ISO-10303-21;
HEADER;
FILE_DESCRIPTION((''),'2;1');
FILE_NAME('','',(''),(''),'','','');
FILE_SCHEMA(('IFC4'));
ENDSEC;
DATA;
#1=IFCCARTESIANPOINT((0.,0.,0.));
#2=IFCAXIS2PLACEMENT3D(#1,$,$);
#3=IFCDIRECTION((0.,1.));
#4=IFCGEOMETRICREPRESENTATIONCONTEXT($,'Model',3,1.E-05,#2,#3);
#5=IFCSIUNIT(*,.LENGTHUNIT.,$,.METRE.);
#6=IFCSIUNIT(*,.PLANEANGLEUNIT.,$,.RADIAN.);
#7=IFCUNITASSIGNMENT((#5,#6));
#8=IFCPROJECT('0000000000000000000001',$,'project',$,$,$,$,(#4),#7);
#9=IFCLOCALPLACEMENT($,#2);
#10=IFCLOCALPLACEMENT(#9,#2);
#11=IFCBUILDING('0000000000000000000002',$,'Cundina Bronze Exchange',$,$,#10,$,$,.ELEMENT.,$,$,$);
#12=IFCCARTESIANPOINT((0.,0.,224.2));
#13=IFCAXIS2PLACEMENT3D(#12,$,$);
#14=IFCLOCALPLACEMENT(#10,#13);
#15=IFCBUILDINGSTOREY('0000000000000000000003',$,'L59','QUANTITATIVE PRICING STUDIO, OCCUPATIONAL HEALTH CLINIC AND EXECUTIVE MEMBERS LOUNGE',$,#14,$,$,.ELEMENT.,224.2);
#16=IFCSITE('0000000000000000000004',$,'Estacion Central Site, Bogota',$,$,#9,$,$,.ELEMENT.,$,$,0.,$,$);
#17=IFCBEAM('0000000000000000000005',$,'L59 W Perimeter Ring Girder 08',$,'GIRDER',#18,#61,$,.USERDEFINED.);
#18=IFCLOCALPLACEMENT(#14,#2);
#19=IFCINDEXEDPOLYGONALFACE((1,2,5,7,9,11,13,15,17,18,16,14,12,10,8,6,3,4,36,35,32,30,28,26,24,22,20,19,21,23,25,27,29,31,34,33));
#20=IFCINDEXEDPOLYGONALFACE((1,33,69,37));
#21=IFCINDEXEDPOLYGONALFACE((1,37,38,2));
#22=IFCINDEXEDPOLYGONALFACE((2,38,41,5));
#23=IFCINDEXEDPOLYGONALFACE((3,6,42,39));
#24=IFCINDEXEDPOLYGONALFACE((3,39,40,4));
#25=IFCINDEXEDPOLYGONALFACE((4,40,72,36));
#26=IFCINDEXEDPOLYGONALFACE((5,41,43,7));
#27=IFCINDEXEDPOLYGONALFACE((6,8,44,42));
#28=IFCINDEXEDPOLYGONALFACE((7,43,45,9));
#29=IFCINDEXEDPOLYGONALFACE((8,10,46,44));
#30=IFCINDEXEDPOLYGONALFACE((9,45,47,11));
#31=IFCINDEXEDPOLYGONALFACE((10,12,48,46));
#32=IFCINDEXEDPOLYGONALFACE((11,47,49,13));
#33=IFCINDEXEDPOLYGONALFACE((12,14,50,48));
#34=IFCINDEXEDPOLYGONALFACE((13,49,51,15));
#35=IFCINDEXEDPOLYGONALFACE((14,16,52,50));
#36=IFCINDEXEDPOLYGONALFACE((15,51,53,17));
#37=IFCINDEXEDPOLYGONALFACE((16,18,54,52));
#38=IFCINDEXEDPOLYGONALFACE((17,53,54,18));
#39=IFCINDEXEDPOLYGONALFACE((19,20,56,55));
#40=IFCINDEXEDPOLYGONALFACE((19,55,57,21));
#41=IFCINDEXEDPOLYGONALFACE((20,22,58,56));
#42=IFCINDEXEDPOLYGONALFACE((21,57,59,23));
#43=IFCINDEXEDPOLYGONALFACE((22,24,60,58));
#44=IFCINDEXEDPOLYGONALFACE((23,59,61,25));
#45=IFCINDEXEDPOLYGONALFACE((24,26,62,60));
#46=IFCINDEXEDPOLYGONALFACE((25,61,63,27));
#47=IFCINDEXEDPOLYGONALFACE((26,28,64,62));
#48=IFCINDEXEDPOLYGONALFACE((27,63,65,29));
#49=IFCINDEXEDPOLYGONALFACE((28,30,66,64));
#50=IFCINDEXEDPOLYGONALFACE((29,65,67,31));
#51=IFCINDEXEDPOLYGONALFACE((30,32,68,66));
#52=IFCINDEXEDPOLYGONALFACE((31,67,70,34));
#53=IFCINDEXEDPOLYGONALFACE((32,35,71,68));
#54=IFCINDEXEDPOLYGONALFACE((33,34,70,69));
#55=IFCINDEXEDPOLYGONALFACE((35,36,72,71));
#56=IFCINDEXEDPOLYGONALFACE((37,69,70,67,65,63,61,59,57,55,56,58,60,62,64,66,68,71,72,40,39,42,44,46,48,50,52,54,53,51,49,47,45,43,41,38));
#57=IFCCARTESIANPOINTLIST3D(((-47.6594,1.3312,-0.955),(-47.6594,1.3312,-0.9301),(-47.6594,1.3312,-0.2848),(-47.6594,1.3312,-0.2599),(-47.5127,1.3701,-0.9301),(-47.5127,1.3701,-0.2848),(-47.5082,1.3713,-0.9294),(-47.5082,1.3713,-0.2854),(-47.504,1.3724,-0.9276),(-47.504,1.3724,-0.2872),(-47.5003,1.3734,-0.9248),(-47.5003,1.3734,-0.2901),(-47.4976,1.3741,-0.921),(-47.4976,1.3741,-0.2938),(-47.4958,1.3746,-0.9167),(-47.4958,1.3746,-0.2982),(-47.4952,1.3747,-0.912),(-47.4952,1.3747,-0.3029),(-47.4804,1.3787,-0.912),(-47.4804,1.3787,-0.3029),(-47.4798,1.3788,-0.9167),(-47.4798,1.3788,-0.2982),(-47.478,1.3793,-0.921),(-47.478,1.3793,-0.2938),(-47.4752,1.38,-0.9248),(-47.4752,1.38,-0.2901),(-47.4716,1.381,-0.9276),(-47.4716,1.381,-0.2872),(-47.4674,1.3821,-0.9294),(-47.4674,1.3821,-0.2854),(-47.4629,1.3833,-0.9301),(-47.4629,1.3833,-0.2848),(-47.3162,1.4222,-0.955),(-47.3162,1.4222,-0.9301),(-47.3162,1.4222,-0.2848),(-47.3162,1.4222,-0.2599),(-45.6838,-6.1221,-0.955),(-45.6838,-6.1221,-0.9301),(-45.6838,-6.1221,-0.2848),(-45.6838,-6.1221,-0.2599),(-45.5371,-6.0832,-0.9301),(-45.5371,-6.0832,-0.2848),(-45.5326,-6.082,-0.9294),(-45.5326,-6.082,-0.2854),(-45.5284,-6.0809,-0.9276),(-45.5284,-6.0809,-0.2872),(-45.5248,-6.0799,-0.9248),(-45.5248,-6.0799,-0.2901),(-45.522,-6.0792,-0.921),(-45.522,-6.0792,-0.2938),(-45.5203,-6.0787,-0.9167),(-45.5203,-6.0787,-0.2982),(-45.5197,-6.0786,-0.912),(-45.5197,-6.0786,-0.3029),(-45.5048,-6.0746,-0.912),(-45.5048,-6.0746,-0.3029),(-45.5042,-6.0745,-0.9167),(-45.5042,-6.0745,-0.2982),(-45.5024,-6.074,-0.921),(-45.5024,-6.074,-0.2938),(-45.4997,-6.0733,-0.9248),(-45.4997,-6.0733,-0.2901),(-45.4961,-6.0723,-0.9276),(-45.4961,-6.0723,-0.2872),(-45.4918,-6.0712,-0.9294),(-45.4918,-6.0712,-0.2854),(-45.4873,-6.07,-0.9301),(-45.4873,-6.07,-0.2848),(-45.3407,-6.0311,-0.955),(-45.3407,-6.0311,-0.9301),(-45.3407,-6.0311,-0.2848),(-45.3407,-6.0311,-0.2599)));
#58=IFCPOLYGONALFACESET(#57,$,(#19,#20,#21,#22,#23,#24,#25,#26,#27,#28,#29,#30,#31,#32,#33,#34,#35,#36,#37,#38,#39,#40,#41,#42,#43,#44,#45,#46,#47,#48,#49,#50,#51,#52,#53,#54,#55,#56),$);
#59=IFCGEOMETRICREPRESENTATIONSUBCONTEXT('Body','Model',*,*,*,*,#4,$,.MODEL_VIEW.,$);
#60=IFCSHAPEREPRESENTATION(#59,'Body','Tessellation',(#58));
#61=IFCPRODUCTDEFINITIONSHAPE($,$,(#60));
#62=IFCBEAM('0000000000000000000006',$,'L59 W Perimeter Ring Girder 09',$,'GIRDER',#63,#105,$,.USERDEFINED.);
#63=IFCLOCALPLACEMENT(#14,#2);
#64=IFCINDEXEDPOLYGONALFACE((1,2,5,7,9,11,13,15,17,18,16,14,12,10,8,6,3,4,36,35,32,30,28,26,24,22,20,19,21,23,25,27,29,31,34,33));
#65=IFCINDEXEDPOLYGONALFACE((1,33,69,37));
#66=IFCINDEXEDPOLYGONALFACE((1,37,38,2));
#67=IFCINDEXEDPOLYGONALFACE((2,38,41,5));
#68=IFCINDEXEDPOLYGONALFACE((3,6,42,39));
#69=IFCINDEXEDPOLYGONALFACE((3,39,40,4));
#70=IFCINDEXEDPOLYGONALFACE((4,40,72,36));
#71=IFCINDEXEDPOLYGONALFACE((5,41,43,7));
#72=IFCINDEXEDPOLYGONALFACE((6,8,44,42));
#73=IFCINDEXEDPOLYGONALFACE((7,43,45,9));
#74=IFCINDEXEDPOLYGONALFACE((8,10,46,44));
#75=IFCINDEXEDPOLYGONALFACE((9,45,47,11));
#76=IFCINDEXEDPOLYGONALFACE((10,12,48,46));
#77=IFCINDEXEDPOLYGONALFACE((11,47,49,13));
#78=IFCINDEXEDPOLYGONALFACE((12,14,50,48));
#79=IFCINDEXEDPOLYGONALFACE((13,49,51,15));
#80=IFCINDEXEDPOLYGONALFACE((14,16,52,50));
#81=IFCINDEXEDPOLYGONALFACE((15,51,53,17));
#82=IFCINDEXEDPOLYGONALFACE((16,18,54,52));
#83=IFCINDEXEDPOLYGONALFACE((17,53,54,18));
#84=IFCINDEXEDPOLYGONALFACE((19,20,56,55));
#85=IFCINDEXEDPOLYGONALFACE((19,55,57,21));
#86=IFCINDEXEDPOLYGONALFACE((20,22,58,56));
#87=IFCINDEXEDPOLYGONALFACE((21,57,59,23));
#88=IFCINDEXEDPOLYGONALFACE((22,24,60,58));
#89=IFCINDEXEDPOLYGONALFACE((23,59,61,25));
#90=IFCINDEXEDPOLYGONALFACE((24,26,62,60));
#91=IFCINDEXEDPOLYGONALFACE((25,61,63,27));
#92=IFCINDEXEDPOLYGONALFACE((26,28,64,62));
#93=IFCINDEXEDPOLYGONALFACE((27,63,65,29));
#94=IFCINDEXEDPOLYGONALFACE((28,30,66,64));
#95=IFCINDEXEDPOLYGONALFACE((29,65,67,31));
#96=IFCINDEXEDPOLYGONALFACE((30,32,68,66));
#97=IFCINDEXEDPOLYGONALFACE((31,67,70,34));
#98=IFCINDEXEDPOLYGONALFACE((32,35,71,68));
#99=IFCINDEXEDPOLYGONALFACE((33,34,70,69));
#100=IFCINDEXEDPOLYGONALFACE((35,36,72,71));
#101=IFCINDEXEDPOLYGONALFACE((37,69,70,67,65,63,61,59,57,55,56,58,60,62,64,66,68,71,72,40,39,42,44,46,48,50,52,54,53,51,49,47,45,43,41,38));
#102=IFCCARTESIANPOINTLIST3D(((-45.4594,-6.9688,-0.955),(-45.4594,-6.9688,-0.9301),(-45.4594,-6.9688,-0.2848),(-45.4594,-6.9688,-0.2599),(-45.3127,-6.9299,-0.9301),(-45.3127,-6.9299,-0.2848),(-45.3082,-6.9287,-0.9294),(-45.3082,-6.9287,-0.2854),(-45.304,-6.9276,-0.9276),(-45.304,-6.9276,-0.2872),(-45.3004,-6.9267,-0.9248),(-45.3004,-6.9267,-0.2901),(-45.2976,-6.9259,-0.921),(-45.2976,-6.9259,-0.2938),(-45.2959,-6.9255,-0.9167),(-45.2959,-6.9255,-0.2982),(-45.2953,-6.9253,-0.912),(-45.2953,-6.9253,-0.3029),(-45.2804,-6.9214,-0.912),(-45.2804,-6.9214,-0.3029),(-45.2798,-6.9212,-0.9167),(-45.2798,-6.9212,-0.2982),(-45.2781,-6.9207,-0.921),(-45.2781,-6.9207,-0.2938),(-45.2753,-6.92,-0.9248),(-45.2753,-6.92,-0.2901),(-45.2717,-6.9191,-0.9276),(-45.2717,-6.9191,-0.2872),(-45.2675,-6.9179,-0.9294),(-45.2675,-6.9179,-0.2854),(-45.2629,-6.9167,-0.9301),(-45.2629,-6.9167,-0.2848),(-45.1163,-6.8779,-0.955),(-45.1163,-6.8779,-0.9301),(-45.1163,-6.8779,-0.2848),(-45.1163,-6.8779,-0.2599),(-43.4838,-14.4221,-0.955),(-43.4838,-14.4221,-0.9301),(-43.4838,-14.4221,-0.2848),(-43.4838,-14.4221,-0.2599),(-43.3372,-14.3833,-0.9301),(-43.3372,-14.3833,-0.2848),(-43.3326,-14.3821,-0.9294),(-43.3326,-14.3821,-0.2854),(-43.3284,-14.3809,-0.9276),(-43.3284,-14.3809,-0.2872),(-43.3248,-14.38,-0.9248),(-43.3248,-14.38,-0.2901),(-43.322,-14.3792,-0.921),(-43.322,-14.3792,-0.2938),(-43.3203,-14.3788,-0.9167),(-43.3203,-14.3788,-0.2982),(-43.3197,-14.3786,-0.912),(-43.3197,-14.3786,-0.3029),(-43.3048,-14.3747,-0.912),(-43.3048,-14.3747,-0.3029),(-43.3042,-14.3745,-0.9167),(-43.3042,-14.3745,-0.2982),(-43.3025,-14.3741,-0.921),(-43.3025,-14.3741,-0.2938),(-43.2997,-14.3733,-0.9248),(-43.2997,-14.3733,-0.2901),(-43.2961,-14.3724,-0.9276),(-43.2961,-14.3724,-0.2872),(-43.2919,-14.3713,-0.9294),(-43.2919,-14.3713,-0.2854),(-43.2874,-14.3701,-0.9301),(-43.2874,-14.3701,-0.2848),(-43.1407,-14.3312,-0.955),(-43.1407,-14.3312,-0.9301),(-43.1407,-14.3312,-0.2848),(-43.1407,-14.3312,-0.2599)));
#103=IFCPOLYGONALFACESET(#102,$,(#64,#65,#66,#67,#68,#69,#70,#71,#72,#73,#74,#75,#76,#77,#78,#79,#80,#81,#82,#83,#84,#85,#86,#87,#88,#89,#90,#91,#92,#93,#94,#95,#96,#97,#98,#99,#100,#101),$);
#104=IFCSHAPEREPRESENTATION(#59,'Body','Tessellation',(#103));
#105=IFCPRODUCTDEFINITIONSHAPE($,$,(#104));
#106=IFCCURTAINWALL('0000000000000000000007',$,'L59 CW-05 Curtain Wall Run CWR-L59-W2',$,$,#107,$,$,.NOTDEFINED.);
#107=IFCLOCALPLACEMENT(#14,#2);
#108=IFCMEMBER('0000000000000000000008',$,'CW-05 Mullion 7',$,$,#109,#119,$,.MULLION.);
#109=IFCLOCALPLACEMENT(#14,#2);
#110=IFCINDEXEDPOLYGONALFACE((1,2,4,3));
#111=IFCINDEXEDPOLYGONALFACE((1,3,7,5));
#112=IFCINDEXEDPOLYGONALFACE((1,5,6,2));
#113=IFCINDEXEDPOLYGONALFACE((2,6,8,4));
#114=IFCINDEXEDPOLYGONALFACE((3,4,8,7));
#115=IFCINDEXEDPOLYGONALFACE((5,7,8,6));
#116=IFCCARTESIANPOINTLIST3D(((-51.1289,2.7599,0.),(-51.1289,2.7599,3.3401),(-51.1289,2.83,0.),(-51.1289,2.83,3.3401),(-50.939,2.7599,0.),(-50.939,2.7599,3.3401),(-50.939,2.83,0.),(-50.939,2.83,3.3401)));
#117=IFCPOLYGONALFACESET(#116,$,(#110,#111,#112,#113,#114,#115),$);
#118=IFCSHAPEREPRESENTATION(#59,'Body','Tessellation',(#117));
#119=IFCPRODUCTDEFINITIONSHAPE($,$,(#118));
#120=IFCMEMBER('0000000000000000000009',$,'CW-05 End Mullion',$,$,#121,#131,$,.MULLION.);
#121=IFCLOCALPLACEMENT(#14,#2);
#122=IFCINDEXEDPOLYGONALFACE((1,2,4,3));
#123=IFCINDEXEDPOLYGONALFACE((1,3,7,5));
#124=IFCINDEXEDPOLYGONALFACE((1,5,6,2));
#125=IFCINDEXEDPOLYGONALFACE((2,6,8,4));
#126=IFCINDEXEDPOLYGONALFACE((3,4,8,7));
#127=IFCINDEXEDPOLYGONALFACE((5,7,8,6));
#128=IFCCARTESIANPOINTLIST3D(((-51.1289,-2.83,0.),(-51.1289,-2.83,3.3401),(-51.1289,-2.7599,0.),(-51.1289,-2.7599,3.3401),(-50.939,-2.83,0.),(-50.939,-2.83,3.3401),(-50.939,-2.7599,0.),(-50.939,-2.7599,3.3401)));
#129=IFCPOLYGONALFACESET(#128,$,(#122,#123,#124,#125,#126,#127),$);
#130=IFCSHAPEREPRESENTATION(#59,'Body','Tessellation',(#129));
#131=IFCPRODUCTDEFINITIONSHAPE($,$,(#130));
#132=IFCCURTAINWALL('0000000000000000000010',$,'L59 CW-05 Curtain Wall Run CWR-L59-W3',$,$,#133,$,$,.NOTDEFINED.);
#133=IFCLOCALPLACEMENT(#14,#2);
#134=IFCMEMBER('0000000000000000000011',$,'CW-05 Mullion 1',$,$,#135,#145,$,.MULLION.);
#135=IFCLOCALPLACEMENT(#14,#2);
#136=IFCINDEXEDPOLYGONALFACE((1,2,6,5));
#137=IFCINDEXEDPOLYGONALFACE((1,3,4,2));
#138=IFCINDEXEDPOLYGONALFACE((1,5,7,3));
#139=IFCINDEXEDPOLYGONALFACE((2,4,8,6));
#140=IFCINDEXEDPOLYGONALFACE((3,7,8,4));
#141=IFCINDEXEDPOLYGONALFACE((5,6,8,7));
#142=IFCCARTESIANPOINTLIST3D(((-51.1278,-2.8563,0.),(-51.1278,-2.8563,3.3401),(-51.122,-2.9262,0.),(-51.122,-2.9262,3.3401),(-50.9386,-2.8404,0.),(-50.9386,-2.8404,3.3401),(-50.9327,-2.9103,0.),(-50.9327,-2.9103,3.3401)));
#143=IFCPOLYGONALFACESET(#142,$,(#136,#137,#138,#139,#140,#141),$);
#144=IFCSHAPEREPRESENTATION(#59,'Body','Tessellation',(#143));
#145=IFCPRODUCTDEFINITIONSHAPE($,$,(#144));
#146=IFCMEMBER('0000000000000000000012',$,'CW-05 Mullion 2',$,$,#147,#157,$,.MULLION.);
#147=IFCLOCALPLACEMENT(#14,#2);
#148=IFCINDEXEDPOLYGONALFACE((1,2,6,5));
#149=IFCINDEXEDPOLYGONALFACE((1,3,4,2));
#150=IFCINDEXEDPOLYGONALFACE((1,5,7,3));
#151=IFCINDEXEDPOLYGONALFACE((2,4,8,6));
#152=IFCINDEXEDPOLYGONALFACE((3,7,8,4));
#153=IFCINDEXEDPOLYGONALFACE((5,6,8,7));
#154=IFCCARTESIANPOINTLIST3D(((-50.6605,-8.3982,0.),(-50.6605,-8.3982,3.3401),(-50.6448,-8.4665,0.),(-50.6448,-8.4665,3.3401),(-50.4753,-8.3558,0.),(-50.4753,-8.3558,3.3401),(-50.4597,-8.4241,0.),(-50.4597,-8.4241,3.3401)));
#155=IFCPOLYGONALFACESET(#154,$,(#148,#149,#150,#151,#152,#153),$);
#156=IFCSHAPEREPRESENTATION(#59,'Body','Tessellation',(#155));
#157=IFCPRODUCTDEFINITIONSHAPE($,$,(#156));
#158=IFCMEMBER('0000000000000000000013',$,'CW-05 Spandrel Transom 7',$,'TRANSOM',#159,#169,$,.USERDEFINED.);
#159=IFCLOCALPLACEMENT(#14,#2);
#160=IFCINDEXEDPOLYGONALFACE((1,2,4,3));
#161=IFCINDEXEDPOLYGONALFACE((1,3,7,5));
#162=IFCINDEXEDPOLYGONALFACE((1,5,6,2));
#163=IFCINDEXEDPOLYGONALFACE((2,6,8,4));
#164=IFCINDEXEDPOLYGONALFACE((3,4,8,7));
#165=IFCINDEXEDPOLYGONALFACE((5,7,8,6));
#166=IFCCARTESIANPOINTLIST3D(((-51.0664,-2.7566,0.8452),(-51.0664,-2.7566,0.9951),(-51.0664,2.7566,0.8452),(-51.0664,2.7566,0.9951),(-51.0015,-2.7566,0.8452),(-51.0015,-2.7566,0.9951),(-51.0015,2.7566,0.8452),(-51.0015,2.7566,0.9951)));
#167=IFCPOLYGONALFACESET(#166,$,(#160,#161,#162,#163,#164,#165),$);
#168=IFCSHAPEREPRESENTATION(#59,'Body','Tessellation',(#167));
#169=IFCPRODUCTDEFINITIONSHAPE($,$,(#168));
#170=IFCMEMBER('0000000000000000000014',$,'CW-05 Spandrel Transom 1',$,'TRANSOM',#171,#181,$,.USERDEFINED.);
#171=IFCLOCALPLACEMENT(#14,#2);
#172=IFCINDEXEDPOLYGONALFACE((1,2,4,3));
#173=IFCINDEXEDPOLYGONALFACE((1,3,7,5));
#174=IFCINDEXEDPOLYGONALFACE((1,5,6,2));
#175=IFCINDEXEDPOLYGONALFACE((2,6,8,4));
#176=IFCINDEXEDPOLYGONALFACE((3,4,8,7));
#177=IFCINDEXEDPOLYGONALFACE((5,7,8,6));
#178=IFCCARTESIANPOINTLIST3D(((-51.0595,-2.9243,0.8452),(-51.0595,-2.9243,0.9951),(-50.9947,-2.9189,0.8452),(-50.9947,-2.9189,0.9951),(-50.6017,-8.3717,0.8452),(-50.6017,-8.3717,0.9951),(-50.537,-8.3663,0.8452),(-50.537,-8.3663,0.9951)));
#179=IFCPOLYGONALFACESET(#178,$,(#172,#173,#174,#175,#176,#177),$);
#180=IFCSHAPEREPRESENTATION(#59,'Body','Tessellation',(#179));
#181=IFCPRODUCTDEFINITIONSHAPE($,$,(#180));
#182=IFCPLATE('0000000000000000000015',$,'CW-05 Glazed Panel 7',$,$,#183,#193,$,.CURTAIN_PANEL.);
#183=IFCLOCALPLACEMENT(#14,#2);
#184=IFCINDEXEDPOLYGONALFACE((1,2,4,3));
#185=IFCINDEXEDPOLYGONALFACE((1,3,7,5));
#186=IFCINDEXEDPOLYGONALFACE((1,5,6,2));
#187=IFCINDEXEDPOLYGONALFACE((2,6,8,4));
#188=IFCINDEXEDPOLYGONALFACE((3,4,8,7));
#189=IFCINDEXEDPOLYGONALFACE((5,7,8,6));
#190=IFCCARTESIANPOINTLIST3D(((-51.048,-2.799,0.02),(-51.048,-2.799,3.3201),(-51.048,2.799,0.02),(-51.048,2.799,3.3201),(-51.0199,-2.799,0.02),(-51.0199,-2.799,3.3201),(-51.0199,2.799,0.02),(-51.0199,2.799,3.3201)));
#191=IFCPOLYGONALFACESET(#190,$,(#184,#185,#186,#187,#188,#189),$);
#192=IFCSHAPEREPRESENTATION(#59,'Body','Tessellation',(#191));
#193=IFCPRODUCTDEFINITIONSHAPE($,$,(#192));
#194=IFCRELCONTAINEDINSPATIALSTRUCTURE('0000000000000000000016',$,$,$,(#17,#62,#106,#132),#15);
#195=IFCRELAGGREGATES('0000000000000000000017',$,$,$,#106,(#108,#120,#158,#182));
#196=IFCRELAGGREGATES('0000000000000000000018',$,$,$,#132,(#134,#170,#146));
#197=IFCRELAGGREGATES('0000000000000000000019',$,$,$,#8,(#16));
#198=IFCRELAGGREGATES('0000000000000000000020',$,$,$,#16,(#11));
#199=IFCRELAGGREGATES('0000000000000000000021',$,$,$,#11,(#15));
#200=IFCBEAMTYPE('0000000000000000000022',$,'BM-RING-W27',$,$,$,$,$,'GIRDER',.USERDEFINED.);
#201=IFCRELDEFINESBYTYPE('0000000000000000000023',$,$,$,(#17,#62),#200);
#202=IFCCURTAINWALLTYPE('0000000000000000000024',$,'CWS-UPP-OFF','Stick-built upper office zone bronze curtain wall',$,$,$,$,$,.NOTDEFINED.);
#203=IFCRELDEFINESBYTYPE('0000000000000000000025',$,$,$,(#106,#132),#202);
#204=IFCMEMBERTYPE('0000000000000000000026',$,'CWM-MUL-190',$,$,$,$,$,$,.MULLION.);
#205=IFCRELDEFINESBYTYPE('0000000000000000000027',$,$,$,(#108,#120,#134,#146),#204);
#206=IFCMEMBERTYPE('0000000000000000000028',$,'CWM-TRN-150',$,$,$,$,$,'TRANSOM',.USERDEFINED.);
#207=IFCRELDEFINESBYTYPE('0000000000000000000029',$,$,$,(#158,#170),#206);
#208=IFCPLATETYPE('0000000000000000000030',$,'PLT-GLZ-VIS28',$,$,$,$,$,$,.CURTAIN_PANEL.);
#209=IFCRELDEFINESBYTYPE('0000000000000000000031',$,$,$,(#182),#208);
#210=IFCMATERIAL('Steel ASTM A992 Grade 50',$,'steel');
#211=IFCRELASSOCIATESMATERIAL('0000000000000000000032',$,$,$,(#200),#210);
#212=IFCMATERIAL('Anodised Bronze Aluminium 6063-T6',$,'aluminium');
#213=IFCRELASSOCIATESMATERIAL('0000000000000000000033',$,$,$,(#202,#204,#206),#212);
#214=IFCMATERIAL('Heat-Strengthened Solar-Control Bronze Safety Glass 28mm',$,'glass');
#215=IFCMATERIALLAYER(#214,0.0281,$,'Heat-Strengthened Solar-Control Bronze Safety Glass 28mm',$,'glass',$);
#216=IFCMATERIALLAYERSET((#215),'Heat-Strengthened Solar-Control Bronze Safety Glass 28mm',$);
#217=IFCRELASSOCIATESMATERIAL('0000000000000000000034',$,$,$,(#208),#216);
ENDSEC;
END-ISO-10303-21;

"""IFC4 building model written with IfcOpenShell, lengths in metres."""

from ifc_helpers import new_model, si_unit, direction, frame, origin, origin_2d, place, context, subcontext, project, spatial, rectangle, i_section, extrude, material, layer, layer_set, material_profile, profile_set, type_object, element, aggregate, save


model = new_model("IFC4")

# Units and contexts
model_context = context("Model", 3, precision=1e-05, world=origin(), true_north=direction((0.0, 1.0)))
body_context = subcontext(model_context, "Body", "Model", "MODEL_VIEW")
ifc_project = project(units=[si_unit("LENGTHUNIT", "METRE"), si_unit("PLANEANGLEUNIT", "RADIAN")], contexts=[model_context])

# Site, building, storey
site_placement = place(None, origin())
site = spatial("IfcSite", under=ifc_project, at=site_placement, Name="Estacion Central Site, Bogota", CompositionType="ELEMENT", RefElevation=0.0)
building_placement = place(site_placement, origin())
building = spatial("IfcBuilding", under=site, at=building_placement, Name="Cundina Bronze Exchange", CompositionType="ELEMENT")
storey_placement = place(building_placement, frame((0.0, 0.0, 224.2)))
storey = spatial("IfcBuildingStorey", under=building, at=storey_placement, Name="L59", Description="QUANTITATIVE PRICING STUDIO, OCCUPATIONAL HEALTH CLINIC AND EXECUTIVE MEMBERS LOUNGE", CompositionType="ELEMENT", Elevation=224.2)

# Shared definitions
ifc_material_1 = material(Name="Steel ASTM A992 Grade 50", Category="steel")

# Beams
ifc_material_profile_1 = material_profile(ifc_material_1, i_section(OverallWidth=0.355, OverallDepth=0.6951, WebThickness=0.0154, FlangeThickness=0.0249, FilletRadius=0.0181, at=origin_2d()), Name="W27X146", Category="steel")
ifc_profile_set_1 = profile_set([ifc_material_profile_1], Name="Steel ASTM A992 Grade 50")
beam_type_1 = type_object("IfcBeamType", Name="BM-RING-W27", ElementType="GIRDER", PredefinedType="USERDEFINED", material=ifc_profile_set_1)
for number, where, z_axis, x_axis, name in (
    (1, (-47.4878, 1.3767, -0.6074), (0.256212, -0.966621, 0.0), (0.966621, 0.256212, 0.0), "L59 W Perimeter Ring Girder 08"),
    (2, (-45.2878, -6.9233, -0.6074), (0.256212, -0.966621, 0.0), (0.966621, 0.256212, 0.0), "L59 W Perimeter Ring Girder 09"),
):
    element("IfcBeam", number, at=place(storey_placement, frame(where, z_axis=z_axis, x_axis=x_axis)), inside=storey, type_object=beam_type_1, Name=name, ObjectType="GIRDER", PredefinedType="USERDEFINED", context=body_context, shape_type="SweptSolid", body=[
        extrude(i_section(OverallWidth=0.355, OverallDepth=0.6951, WebThickness=0.0154, FlangeThickness=0.0249, FilletRadius=0.0181, at=origin_2d()), origin(), (0.0, 0.0, 1.0), 7.7107),
    ])

# Curtain walls, members
ifc_material_2 = material(Name="Anodised Bronze Aluminium 6063-T6", Category="aluminium")
curtain_wall_type = type_object("IfcCurtainWallType", Name="CWS-UPP-OFF", Description="Stick-built upper office zone bronze curtain wall", PredefinedType="NOTDEFINED", material=ifc_material_2)
curtain_wall_1_placement = place(storey_placement, origin())
curtain_wall_1 = element("IfcCurtainWall", 3, at=curtain_wall_1_placement, inside=storey, type_object=curtain_wall_type, Name="L59 CW-05 Curtain Wall Run CWR-L59-W2", PredefinedType="NOTDEFINED")
ifc_material_profile_2 = material_profile(ifc_material_2, rectangle(XDim=0.0701, YDim=0.1899, at=origin_2d()), Name="AL70X190", Category="aluminium")
ifc_profile_set_2 = profile_set([ifc_material_profile_2], Name="Anodised Bronze Aluminium 6063-T6")
member_type_1 = type_object("IfcMemberType", Name="CWM-MUL-190", PredefinedType="MULLION", material=ifc_profile_set_2)
member_1_placement = place(storey_placement, frame((-51.0339, 2.7949, 0.0), z_axis=(0.0, 0.0, 1.0), x_axis=(0.0, -1.0, 0.0)))
member_1 = element("IfcMember", 4, at=member_1_placement, type_object=member_type_1, Name="CW-05 Mullion 7", PredefinedType="MULLION", context=body_context, shape_type="SweptSolid", body=[
    extrude(rectangle(XDim=0.0701, YDim=0.1899, at=origin_2d()), origin(), (0.0, 0.0, 1.0), 3.3401),
])
member_2_placement = place(storey_placement, frame((-51.0339, -2.7949, 0.0), z_axis=(0.0, 0.0, 1.0), x_axis=(0.0, -1.0, 0.0)))
member_2 = element("IfcMember", 5, at=member_2_placement, type_object=member_type_1, Name="CW-05 End Mullion", PredefinedType="MULLION", context=body_context, shape_type="SweptSolid", body=[
    extrude(rectangle(XDim=0.0701, YDim=0.1899, at=origin_2d()), origin(), (0.0, 0.0, 1.0), 3.3401),
])
curtain_wall_2_placement = place(storey_placement, origin())
curtain_wall_2 = element("IfcCurtainWall", 6, at=curtain_wall_2_placement, inside=storey, type_object=curtain_wall_type, Name="L59 CW-05 Curtain Wall Run CWR-L59-W3", PredefinedType="NOTDEFINED")
member_3_placement = place(storey_placement, frame((-51.0303, -2.8833, 0.0), z_axis=(0.0, 0.0, 1.0), x_axis=(0.083678, -0.996493, 0.0)))
member_3 = element("IfcMember", 7, at=member_3_placement, type_object=member_type_1, Name="CW-05 Mullion 1", PredefinedType="MULLION", context=body_context, shape_type="SweptSolid", body=[
    extrude(rectangle(XDim=0.0701, YDim=0.1899, at=origin_2d()), origin(), (0.0, 0.0, 1.0), 3.3401),
])
member_4_placement = place(storey_placement, frame((-50.5601, -8.4111, 0.0), z_axis=(0.0, 0.0, 1.0), x_axis=(0.22325, -0.974761, 0.0)))
member_4 = element("IfcMember", 8, at=member_4_placement, type_object=member_type_1, Name="CW-05 Mullion 2", PredefinedType="MULLION", context=body_context, shape_type="SweptSolid", body=[
    extrude(rectangle(XDim=0.0701, YDim=0.1899, at=origin_2d()), origin(), (0.0, 0.0, 1.0), 3.3401),
])

# Members
ifc_material_profile_3 = material_profile(ifc_material_2, rectangle(XDim=0.0649, YDim=0.1499, at=origin_2d()), Name="AL65X150", Category="aluminium")
ifc_profile_set_3 = profile_set([ifc_material_profile_3], Name="Anodised Bronze Aluminium 6063-T6")
member_type_2 = type_object("IfcMemberType", Name="CWM-TRN-150", ElementType="TRANSOM", PredefinedType="USERDEFINED", material=ifc_profile_set_3)
member_5_placement = place(storey_placement, frame((-51.0339, 2.7566, 0.9202), z_axis=(0.0, -1.0, 0.0), x_axis=(1.0, 0.0, 0.0)))
member_5 = element("IfcMember", 9, at=member_5_placement, type_object=member_type_2, Name="CW-05 Spandrel Transom 7", ObjectType="TRANSOM", PredefinedType="USERDEFINED", context=body_context, shape_type="SweptSolid", body=[
    extrude(rectangle(XDim=0.0649, YDim=0.1499, at=origin_2d()), origin(), (0.0, 0.0, 1.0), 5.5132),
])
member_6_placement = place(storey_placement, frame((-51.0271, -2.9216, 0.9202), z_axis=(0.08374, -0.996488, 0.0), x_axis=(0.996488, 0.08374, 0.0)))
member_6 = element("IfcMember", 10, at=member_6_placement, type_object=member_type_2, Name="CW-05 Spandrel Transom 1", ObjectType="TRANSOM", PredefinedType="USERDEFINED", context=body_context, shape_type="SweptSolid", body=[
    extrude(rectangle(XDim=0.0649, YDim=0.1499, at=origin_2d()), origin(), (0.0, 0.0, 1.0), 5.4666),
])

# Plate
ifc_material_3 = material(Name="Heat-Strengthened Solar-Control Bronze Safety Glass 28mm", Category="glass")
ifc_layer_1 = layer(ifc_material_3, 0.0281, Name="Heat-Strengthened Solar-Control Bronze Safety Glass 28mm", Category="glass")
ifc_layer_set_1 = layer_set([ifc_layer_1], Name="Heat-Strengthened Solar-Control Bronze Safety Glass 28mm")
plate_type = type_object("IfcPlateType", Name="PLT-GLZ-VIS28", PredefinedType="CURTAIN_PANEL", material=ifc_layer_set_1)
plate_1_placement = place(storey_placement, frame((-51.0339, 0.0, 0.02), z_axis=(0.0, 0.0, 1.0), x_axis=(0.0, -1.0, 0.0)))
plate_1 = element("IfcPlate", 11, at=plate_1_placement, type_object=plate_type, Name="CW-05 Glazed Panel 7", PredefinedType="CURTAIN_PANEL", context=body_context, shape_type="SweptSolid", body=[
    extrude(rectangle(XDim=5.5979, YDim=0.0281, at=origin_2d()), origin(), (0.0, 0.0, 1.0), 3.3),
])
aggregate(curtain_wall_1, [member_1, member_2, member_5, plate_1])
aggregate(curtain_wall_2, [member_3, member_6, member_4])

save(model, "model.ifc")
